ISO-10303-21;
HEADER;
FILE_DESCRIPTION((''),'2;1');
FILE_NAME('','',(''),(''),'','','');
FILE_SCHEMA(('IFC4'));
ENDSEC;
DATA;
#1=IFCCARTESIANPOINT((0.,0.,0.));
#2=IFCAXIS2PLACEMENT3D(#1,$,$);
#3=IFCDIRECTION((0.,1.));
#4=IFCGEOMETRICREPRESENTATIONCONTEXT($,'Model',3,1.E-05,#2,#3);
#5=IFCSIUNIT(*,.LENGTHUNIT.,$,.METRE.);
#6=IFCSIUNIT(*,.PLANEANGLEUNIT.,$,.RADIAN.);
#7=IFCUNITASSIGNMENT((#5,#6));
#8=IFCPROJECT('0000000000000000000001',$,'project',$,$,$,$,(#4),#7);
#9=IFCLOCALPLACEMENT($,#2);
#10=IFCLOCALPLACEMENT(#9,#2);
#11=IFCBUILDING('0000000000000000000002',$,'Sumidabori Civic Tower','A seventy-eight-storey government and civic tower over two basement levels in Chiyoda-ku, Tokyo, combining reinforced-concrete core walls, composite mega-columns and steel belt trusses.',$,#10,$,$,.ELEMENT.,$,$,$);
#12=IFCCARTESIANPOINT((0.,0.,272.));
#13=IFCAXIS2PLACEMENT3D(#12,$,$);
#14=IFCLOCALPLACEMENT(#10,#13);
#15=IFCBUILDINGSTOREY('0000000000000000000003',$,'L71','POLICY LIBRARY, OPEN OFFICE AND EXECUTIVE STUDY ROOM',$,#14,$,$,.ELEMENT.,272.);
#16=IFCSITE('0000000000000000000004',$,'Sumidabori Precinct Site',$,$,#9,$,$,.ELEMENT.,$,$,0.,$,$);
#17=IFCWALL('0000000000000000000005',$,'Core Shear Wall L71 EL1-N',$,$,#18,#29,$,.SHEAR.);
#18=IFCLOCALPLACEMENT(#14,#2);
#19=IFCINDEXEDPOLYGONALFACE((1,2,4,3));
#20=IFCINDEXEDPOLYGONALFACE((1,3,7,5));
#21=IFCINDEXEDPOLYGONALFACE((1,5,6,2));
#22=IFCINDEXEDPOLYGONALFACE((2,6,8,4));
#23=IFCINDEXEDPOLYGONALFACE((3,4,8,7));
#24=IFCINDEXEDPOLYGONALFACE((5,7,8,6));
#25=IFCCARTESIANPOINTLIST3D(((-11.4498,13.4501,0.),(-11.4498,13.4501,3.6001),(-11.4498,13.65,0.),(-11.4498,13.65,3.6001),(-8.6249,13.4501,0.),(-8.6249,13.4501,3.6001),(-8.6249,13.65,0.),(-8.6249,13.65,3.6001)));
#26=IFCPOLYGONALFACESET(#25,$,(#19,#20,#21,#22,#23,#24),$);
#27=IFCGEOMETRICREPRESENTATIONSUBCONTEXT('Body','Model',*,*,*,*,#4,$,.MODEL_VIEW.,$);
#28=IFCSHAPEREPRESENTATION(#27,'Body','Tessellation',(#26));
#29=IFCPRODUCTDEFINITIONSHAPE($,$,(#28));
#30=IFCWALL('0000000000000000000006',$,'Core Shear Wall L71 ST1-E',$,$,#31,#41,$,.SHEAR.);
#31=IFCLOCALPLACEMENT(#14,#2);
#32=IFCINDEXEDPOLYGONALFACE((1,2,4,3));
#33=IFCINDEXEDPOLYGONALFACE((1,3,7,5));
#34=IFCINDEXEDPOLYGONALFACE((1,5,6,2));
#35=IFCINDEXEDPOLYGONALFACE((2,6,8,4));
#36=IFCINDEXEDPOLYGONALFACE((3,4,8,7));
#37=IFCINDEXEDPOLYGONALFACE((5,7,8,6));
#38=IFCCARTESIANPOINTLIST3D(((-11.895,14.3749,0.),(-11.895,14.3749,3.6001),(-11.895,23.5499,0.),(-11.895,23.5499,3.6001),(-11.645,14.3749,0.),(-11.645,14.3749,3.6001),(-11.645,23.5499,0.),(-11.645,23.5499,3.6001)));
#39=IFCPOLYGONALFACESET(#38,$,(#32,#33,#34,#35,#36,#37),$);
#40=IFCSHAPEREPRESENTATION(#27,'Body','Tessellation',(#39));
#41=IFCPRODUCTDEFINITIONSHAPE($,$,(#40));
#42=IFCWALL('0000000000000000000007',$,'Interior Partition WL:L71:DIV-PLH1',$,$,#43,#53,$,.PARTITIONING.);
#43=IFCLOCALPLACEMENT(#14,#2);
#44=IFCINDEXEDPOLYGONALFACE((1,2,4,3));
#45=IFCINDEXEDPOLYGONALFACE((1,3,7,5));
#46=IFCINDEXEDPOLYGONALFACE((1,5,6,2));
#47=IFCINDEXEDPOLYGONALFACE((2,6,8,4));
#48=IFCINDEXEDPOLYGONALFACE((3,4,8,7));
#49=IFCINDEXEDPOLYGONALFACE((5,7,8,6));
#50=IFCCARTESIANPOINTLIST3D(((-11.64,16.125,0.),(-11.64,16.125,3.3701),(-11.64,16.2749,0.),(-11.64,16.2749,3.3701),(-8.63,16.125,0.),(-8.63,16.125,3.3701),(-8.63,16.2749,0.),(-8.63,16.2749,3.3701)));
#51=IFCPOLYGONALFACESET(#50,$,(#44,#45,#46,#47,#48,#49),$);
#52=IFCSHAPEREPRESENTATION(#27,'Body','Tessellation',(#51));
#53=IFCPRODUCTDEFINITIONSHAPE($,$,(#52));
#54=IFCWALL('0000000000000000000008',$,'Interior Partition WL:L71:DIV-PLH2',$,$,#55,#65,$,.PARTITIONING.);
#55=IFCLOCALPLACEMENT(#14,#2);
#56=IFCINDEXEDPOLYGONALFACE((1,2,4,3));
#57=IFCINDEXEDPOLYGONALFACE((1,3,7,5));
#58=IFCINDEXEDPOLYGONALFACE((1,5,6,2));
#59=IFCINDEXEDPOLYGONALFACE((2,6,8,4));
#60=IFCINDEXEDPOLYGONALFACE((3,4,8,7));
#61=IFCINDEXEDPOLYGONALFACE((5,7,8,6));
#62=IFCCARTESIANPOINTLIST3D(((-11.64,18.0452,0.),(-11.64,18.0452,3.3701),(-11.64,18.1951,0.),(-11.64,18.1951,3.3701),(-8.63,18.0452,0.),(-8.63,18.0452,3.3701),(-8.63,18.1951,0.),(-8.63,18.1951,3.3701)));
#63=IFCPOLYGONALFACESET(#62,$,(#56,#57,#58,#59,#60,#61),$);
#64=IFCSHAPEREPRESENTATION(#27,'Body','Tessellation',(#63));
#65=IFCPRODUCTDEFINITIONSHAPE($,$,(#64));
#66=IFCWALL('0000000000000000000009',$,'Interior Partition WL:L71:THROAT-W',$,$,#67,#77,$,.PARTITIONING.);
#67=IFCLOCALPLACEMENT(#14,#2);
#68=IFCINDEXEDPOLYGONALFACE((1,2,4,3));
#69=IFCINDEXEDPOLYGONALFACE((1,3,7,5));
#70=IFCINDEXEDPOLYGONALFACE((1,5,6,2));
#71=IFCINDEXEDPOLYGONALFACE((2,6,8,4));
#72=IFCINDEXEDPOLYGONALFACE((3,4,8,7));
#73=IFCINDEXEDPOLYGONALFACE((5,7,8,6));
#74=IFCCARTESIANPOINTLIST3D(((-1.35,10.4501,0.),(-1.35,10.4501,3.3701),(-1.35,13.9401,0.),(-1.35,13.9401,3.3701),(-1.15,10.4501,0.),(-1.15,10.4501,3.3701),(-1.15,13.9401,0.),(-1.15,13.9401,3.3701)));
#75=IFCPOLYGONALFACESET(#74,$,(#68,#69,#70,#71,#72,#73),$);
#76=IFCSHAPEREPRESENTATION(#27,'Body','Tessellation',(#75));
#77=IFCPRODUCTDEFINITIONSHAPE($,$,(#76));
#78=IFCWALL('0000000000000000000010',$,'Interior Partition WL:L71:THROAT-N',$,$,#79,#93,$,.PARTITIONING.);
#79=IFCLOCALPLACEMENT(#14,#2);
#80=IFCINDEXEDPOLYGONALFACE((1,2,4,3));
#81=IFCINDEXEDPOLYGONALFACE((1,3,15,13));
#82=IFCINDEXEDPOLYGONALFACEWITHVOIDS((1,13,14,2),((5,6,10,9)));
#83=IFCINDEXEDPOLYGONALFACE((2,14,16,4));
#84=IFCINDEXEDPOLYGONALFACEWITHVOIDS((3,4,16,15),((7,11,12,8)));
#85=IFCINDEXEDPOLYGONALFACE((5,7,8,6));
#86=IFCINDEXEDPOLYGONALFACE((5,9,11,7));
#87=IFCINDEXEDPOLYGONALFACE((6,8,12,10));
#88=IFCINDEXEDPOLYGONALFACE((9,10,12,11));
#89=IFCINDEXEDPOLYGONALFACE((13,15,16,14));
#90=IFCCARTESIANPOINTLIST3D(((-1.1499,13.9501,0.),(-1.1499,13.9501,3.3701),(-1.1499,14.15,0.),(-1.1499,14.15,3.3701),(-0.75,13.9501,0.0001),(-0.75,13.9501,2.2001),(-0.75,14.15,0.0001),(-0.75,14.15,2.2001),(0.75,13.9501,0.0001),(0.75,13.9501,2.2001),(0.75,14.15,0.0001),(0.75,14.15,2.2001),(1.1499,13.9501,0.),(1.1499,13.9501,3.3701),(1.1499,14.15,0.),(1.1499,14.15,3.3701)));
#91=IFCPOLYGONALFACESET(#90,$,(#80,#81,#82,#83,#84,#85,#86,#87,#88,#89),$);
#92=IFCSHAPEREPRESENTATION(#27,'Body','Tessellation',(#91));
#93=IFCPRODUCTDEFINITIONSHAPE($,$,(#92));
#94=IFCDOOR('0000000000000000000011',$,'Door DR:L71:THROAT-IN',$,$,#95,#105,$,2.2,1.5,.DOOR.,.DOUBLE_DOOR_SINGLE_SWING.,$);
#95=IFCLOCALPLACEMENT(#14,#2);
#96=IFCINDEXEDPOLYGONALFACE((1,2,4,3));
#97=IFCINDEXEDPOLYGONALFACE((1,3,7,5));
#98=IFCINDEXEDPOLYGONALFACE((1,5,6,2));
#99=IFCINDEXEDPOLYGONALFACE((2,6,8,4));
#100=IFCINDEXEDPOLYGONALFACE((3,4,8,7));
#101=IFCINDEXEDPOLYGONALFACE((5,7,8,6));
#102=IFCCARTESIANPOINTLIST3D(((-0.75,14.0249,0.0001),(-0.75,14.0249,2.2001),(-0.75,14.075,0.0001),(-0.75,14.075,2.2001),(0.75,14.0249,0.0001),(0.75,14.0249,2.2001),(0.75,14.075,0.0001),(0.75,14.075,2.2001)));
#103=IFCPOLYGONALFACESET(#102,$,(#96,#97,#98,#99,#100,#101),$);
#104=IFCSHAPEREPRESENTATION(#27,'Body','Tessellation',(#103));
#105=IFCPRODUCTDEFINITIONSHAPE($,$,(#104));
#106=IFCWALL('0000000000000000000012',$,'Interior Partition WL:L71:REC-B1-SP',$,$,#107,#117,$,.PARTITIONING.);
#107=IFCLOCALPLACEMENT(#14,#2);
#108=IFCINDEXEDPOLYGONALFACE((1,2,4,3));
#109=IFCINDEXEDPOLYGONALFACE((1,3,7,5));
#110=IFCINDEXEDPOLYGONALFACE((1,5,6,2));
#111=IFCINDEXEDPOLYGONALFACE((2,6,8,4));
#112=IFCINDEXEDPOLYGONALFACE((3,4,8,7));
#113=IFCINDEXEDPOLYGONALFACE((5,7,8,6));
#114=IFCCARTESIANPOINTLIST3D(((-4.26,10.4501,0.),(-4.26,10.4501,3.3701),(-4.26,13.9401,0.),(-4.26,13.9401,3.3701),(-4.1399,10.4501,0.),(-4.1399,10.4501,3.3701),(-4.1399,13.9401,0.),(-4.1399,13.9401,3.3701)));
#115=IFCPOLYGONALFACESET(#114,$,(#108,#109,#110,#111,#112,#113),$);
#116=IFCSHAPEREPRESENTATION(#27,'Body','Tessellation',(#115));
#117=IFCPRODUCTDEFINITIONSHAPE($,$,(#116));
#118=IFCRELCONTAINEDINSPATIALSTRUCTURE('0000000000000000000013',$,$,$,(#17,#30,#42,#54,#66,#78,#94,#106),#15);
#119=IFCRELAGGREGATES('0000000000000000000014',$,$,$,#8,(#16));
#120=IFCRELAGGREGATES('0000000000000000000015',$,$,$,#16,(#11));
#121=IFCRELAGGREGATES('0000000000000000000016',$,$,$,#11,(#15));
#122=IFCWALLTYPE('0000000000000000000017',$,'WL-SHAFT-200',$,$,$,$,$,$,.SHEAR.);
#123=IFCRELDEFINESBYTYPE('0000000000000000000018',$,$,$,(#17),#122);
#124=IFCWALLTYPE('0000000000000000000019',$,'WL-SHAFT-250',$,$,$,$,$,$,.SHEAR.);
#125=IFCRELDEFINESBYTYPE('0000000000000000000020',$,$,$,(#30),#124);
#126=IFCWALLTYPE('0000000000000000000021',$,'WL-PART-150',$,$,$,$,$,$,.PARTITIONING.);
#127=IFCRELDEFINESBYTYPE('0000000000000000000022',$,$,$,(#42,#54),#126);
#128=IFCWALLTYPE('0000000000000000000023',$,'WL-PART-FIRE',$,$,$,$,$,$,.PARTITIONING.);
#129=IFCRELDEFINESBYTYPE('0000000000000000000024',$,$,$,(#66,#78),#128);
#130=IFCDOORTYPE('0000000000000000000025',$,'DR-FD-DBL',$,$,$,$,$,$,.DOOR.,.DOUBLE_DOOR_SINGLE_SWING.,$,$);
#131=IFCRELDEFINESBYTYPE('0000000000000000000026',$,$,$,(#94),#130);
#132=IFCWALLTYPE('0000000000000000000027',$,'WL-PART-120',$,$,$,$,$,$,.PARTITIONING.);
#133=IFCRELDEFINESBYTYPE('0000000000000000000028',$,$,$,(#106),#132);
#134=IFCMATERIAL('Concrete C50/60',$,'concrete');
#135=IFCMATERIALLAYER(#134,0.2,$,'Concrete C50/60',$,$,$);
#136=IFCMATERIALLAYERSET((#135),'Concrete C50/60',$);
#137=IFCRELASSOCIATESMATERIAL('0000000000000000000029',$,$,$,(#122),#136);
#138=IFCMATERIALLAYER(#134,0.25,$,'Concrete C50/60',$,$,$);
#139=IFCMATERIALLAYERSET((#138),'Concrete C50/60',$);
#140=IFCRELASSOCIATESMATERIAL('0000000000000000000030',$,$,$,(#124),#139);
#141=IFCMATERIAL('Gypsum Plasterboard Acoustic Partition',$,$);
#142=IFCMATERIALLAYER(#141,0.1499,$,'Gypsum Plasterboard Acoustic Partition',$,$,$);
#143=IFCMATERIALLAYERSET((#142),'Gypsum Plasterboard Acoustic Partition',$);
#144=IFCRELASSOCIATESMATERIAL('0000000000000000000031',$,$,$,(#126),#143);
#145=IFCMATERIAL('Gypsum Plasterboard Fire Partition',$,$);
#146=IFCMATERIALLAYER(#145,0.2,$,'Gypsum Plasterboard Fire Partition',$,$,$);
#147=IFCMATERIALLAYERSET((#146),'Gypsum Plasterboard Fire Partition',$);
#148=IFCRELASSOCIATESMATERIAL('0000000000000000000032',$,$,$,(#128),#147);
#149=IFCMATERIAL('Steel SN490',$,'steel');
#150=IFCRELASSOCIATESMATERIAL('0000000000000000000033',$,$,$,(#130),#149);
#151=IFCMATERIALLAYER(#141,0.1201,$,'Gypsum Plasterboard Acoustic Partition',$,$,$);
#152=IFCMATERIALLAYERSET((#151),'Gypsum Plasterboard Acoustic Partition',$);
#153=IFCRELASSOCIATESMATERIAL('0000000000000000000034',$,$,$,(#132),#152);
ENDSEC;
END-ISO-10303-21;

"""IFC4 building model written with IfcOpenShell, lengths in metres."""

from ifc_helpers import new_model, si_unit, direction, frame, frame_2d, origin, place, context, subcontext, project, spatial, rectangle, extrude, source, transform, mapped, material, layer, layer_set, type_object, element, fill, save


model = new_model("IFC4")

# Units and contexts
model_context = context("Model", 3, precision=1e-05, world=origin(), true_north=direction((0.0, 1.0)))
body_context = subcontext(model_context, "Body", "Model", "MODEL_VIEW")
ifc_project = project(units=[si_unit("LENGTHUNIT", "METRE"), si_unit("PLANEANGLEUNIT", "RADIAN")], contexts=[model_context])

# Site, building, storey
site_placement = place(None, origin())
site = spatial("IfcSite", under=ifc_project, at=site_placement, Name="Sumidabori Precinct Site", CompositionType="ELEMENT", RefElevation=0.0)
building_placement = place(site_placement, origin())
building = spatial("IfcBuilding", under=site, at=building_placement, Name="Sumidabori Civic Tower", Description="A seventy-eight-storey government and civic tower over two basement levels in Chiyoda-ku, Tokyo, combining reinforced-concrete core walls, composite mega-columns and steel belt trusses.", CompositionType="ELEMENT")
storey_placement = place(building_placement, frame((0.0, 0.0, 272.0)))
storey = spatial("IfcBuildingStorey", under=building, at=storey_placement, Name="L71", Description="POLICY LIBRARY, OPEN OFFICE AND EXECUTIVE STUDY ROOM", CompositionType="ELEMENT", Elevation=272.0)

# Wall
ifc_material_1 = material(Name="Concrete C50/60", Category="concrete")
ifc_layer_1 = layer(ifc_material_1, 0.2, Name="Concrete C50/60")
ifc_layer_set_1 = layer_set([ifc_layer_1], Name="Concrete C50/60")
wall_type_1 = type_object("IfcWallType", Name="WL-SHAFT-200", PredefinedType="SHEAR", material=ifc_layer_set_1)
shared_shape_1 = source(origin(), body_context, "Body", "SweptSolid", [
    extrude(rectangle(XDim=2.825, YDim=0.2, at=frame_2d((1.4126, 0.0))), origin(), (0.0, 0.0, 1.0), 3.6001),
])
wall_1_placement = place(storey_placement, frame((-11.45, 13.55, 0.0), z_axis=(0.0, 0.0, 1.0), x_axis=(1.0, 0.0, 0.0)))
element("IfcWall", 1, at=wall_1_placement, inside=storey, type_object=wall_type_1, Name="Core Shear Wall L71 EL1-N", PredefinedType="SHEAR", context=body_context, shape_type="MappedRepresentation", body=[
    mapped(shared_shape_1, transform((0.0, 0.0, 0.0), x_axis=(1.0, 0.0, 0.0), y_axis=(0.0, 1.0, 0.0), z_axis=(0.0, 0.0, 1.0), scale=1.0)),
])

# Shared definitions
ifc_layer_2 = layer(ifc_material_1, 0.25, Name="Concrete C50/60")
ifc_layer_set_2 = layer_set([ifc_layer_2], Name="Concrete C50/60")
wall_type_2 = type_object("IfcWallType", Name="WL-SHAFT-250", PredefinedType="SHEAR", material=ifc_layer_set_2)

# Wall
shared_shape_2 = source(origin(), body_context, "Body", "SweptSolid", [
    extrude(rectangle(XDim=9.175, YDim=0.25, at=frame_2d((4.5874, 0.0))), origin(), (0.0, 0.0, 1.0), 3.6001),
])
wall_2_placement = place(storey_placement, frame((-11.77, 14.375, 0.0), z_axis=(0.0, 0.0, 1.0), x_axis=(0.0, 1.0, 0.0)))
element("IfcWall", 2, at=wall_2_placement, inside=storey, type_object=wall_type_2, Name="Core Shear Wall L71 ST1-E", PredefinedType="SHEAR", context=body_context, shape_type="MappedRepresentation", body=[
    mapped(shared_shape_2, transform((0.0, 0.0, 0.0), x_axis=(1.0, 0.0, 0.0), y_axis=(0.0, 1.0, 0.0), z_axis=(0.0, 0.0, 1.0), scale=1.0)),
])

# Walls
ifc_material_2 = material(Name="Gypsum Plasterboard Acoustic Partition")
ifc_layer_3 = layer(ifc_material_2, 0.1499, Name="Gypsum Plasterboard Acoustic Partition")
ifc_layer_set_3 = layer_set([ifc_layer_3], Name="Gypsum Plasterboard Acoustic Partition")
wall_type_3 = type_object("IfcWallType", Name="WL-PART-150", PredefinedType="PARTITIONING", material=ifc_layer_set_3)
shared_shape_3 = source(origin(), body_context, "Body", "SweptSolid", [
    extrude(rectangle(XDim=3.01, YDim=0.1499, at=frame_2d((1.5049, 0.0))), origin(), (0.0, 0.0, 1.0), 3.3701),
])
for number, where, z_axis, x_axis, name in (
    (3, (-11.6399, 16.2, 0.0), (0.0, 0.0, 1.0), (1.0, 0.0, 0.0), "Interior Partition WL:L71:DIV-PLH1"),
    (4, (-11.6399, 18.1201, 0.0), (0.0, 0.0, 1.0), (1.0, 0.0, 0.0), "Interior Partition WL:L71:DIV-PLH2"),
):
    element("IfcWall", number, at=place(storey_placement, frame(where, z_axis=z_axis, x_axis=x_axis)), inside=storey, type_object=wall_type_3, Name=name, PredefinedType="PARTITIONING", context=body_context, shape_type="MappedRepresentation", body=[
        mapped(shared_shape_3, transform((0.0, 0.0, 0.0), x_axis=(1.0, 0.0, 0.0), y_axis=(0.0, 1.0, 0.0), z_axis=(0.0, 0.0, 1.0), scale=1.0)),
    ])

# Shared definitions
ifc_material_3 = material(Name="Gypsum Plasterboard Fire Partition")
ifc_layer_4 = layer(ifc_material_3, 0.2, Name="Gypsum Plasterboard Fire Partition")
ifc_layer_set_4 = layer_set([ifc_layer_4], Name="Gypsum Plasterboard Fire Partition")
wall_type_4 = type_object("IfcWallType", Name="WL-PART-FIRE", PredefinedType="PARTITIONING", material=ifc_layer_set_4)

# Wall
shared_shape_4 = source(origin(), body_context, "Body", "SweptSolid", [
    extrude(rectangle(XDim=3.49, YDim=0.2, at=frame_2d((1.7451, 0.0))), origin(), (0.0, 0.0, 1.0), 3.3701),
])
wall_3_placement = place(storey_placement, frame((-1.25, 10.45, 0.0), z_axis=(0.0, 0.0, 1.0), x_axis=(0.0, 1.0, 0.0)))
element("IfcWall", 5, at=wall_3_placement, inside=storey, type_object=wall_type_4, Name="Interior Partition WL:L71:THROAT-W", PredefinedType="PARTITIONING", context=body_context, shape_type="MappedRepresentation", body=[
    mapped(shared_shape_4, transform((0.0, 0.0, 0.0), x_axis=(1.0, 0.0, 0.0), y_axis=(0.0, 1.0, 0.0), z_axis=(0.0, 0.0, 1.0), scale=1.0)),
])

# Wall, opening, door
shared_shape_5 = source(origin(), body_context, "Body", "SweptSolid", [
    extrude(rectangle(XDim=2.2998, YDim=0.2, at=frame_2d((1.1499, 0.0))), origin(), (0.0, 0.0, 1.0), 3.3701),
])
wall_4_placement = place(storey_placement, frame((-1.1499, 14.05, 0.0), z_axis=(0.0, 0.0, 1.0), x_axis=(1.0, 0.0, 0.0)))
wall_4 = element("IfcWall", 6, at=wall_4_placement, inside=storey, type_object=wall_type_4, Name="Interior Partition WL:L71:THROAT-N", PredefinedType="PARTITIONING", context=body_context, shape_type="MappedRepresentation", body=[
    mapped(shared_shape_5, transform((0.0, 0.0, 0.0), x_axis=(1.0, 0.0, 0.0), y_axis=(0.0, 1.0, 0.0), z_axis=(0.0, 0.0, 1.0), scale=1.0)),
])
opening_1_placement = place(wall_4_placement, frame((0.3999, 0.0, 0.0)))
opening_1 = element("IfcOpeningElement", 7, at=opening_1_placement, cuts=wall_4, PredefinedType="OPENING", context=body_context, shape_type="SweptSolid", body=[
    extrude(rectangle(XDim=1.5, YDim=2.2, at=frame_2d((0.75, 1.1001))), frame((0.0, 0.1118, 0.0), z_axis=(0.0, -1.0, 0.0), x_axis=(1.0, 0.0, 0.0)), (0.0, 0.0, 1.0), 0.2239),
])
ifc_material_4 = material(Name="Steel SN490", Category="steel")
door_type_1 = type_object("IfcDoorType", Name="DR-FD-DBL", OperationType="DOUBLE_DOOR_SINGLE_SWING", PredefinedType="DOOR", material=ifc_material_4)
shared_shape_6 = source(origin(), body_context, "Body", "SweptSolid", [
    extrude(rectangle(XDim=1.5, YDim=2.2, at=frame_2d((0.75, 1.1001))), frame((0.0, 0.0249, 0.0), z_axis=(0.0, -1.0, 0.0), x_axis=(1.0, 0.0, 0.0)), (0.0, 0.0, 1.0), 0.05),
])
door_1_placement = place(opening_1_placement, origin())
door_1 = element("IfcDoor", 8, at=door_1_placement, inside=storey, type_object=door_type_1, Name="Door DR:L71:THROAT-IN", OperationType="DOUBLE_DOOR_SINGLE_SWING", OverallHeight=2.2, OverallWidth=1.5, PredefinedType="DOOR", context=body_context, shape_type="MappedRepresentation", body=[
    mapped(shared_shape_6, transform((0.0, 0.0, 0.0), x_axis=(1.0, 0.0, 0.0), y_axis=(0.0, 1.0, 0.0), z_axis=(0.0, 0.0, 1.0), scale=1.0)),
])
fill(opening_1, door_1)

# Wall
ifc_layer_5 = layer(ifc_material_2, 0.1201, Name="Gypsum Plasterboard Acoustic Partition")
ifc_layer_set_5 = layer_set([ifc_layer_5], Name="Gypsum Plasterboard Acoustic Partition")
wall_type_5 = type_object("IfcWallType", Name="WL-PART-120", PredefinedType="PARTITIONING", material=ifc_layer_set_5)
shared_shape_7 = source(origin(), body_context, "Body", "SweptSolid", [
    extrude(rectangle(XDim=3.49, YDim=0.1201, at=frame_2d((1.7451, 0.0))), origin(), (0.0, 0.0, 1.0), 3.3701),
])
wall_5_placement = place(storey_placement, frame((-4.2, 10.45, 0.0), z_axis=(0.0, 0.0, 1.0), x_axis=(0.0, 1.0, 0.0)))
element("IfcWall", 9, at=wall_5_placement, inside=storey, type_object=wall_type_5, Name="Interior Partition WL:L71:REC-B1-SP", PredefinedType="PARTITIONING", context=body_context, shape_type="MappedRepresentation", body=[
    mapped(shared_shape_7, transform((0.0, 0.0, 0.0), x_axis=(1.0, 0.0, 0.0), y_axis=(0.0, 1.0, 0.0), z_axis=(0.0, 0.0, 1.0), scale=1.0)),
])

save(model, "model.ifc")
